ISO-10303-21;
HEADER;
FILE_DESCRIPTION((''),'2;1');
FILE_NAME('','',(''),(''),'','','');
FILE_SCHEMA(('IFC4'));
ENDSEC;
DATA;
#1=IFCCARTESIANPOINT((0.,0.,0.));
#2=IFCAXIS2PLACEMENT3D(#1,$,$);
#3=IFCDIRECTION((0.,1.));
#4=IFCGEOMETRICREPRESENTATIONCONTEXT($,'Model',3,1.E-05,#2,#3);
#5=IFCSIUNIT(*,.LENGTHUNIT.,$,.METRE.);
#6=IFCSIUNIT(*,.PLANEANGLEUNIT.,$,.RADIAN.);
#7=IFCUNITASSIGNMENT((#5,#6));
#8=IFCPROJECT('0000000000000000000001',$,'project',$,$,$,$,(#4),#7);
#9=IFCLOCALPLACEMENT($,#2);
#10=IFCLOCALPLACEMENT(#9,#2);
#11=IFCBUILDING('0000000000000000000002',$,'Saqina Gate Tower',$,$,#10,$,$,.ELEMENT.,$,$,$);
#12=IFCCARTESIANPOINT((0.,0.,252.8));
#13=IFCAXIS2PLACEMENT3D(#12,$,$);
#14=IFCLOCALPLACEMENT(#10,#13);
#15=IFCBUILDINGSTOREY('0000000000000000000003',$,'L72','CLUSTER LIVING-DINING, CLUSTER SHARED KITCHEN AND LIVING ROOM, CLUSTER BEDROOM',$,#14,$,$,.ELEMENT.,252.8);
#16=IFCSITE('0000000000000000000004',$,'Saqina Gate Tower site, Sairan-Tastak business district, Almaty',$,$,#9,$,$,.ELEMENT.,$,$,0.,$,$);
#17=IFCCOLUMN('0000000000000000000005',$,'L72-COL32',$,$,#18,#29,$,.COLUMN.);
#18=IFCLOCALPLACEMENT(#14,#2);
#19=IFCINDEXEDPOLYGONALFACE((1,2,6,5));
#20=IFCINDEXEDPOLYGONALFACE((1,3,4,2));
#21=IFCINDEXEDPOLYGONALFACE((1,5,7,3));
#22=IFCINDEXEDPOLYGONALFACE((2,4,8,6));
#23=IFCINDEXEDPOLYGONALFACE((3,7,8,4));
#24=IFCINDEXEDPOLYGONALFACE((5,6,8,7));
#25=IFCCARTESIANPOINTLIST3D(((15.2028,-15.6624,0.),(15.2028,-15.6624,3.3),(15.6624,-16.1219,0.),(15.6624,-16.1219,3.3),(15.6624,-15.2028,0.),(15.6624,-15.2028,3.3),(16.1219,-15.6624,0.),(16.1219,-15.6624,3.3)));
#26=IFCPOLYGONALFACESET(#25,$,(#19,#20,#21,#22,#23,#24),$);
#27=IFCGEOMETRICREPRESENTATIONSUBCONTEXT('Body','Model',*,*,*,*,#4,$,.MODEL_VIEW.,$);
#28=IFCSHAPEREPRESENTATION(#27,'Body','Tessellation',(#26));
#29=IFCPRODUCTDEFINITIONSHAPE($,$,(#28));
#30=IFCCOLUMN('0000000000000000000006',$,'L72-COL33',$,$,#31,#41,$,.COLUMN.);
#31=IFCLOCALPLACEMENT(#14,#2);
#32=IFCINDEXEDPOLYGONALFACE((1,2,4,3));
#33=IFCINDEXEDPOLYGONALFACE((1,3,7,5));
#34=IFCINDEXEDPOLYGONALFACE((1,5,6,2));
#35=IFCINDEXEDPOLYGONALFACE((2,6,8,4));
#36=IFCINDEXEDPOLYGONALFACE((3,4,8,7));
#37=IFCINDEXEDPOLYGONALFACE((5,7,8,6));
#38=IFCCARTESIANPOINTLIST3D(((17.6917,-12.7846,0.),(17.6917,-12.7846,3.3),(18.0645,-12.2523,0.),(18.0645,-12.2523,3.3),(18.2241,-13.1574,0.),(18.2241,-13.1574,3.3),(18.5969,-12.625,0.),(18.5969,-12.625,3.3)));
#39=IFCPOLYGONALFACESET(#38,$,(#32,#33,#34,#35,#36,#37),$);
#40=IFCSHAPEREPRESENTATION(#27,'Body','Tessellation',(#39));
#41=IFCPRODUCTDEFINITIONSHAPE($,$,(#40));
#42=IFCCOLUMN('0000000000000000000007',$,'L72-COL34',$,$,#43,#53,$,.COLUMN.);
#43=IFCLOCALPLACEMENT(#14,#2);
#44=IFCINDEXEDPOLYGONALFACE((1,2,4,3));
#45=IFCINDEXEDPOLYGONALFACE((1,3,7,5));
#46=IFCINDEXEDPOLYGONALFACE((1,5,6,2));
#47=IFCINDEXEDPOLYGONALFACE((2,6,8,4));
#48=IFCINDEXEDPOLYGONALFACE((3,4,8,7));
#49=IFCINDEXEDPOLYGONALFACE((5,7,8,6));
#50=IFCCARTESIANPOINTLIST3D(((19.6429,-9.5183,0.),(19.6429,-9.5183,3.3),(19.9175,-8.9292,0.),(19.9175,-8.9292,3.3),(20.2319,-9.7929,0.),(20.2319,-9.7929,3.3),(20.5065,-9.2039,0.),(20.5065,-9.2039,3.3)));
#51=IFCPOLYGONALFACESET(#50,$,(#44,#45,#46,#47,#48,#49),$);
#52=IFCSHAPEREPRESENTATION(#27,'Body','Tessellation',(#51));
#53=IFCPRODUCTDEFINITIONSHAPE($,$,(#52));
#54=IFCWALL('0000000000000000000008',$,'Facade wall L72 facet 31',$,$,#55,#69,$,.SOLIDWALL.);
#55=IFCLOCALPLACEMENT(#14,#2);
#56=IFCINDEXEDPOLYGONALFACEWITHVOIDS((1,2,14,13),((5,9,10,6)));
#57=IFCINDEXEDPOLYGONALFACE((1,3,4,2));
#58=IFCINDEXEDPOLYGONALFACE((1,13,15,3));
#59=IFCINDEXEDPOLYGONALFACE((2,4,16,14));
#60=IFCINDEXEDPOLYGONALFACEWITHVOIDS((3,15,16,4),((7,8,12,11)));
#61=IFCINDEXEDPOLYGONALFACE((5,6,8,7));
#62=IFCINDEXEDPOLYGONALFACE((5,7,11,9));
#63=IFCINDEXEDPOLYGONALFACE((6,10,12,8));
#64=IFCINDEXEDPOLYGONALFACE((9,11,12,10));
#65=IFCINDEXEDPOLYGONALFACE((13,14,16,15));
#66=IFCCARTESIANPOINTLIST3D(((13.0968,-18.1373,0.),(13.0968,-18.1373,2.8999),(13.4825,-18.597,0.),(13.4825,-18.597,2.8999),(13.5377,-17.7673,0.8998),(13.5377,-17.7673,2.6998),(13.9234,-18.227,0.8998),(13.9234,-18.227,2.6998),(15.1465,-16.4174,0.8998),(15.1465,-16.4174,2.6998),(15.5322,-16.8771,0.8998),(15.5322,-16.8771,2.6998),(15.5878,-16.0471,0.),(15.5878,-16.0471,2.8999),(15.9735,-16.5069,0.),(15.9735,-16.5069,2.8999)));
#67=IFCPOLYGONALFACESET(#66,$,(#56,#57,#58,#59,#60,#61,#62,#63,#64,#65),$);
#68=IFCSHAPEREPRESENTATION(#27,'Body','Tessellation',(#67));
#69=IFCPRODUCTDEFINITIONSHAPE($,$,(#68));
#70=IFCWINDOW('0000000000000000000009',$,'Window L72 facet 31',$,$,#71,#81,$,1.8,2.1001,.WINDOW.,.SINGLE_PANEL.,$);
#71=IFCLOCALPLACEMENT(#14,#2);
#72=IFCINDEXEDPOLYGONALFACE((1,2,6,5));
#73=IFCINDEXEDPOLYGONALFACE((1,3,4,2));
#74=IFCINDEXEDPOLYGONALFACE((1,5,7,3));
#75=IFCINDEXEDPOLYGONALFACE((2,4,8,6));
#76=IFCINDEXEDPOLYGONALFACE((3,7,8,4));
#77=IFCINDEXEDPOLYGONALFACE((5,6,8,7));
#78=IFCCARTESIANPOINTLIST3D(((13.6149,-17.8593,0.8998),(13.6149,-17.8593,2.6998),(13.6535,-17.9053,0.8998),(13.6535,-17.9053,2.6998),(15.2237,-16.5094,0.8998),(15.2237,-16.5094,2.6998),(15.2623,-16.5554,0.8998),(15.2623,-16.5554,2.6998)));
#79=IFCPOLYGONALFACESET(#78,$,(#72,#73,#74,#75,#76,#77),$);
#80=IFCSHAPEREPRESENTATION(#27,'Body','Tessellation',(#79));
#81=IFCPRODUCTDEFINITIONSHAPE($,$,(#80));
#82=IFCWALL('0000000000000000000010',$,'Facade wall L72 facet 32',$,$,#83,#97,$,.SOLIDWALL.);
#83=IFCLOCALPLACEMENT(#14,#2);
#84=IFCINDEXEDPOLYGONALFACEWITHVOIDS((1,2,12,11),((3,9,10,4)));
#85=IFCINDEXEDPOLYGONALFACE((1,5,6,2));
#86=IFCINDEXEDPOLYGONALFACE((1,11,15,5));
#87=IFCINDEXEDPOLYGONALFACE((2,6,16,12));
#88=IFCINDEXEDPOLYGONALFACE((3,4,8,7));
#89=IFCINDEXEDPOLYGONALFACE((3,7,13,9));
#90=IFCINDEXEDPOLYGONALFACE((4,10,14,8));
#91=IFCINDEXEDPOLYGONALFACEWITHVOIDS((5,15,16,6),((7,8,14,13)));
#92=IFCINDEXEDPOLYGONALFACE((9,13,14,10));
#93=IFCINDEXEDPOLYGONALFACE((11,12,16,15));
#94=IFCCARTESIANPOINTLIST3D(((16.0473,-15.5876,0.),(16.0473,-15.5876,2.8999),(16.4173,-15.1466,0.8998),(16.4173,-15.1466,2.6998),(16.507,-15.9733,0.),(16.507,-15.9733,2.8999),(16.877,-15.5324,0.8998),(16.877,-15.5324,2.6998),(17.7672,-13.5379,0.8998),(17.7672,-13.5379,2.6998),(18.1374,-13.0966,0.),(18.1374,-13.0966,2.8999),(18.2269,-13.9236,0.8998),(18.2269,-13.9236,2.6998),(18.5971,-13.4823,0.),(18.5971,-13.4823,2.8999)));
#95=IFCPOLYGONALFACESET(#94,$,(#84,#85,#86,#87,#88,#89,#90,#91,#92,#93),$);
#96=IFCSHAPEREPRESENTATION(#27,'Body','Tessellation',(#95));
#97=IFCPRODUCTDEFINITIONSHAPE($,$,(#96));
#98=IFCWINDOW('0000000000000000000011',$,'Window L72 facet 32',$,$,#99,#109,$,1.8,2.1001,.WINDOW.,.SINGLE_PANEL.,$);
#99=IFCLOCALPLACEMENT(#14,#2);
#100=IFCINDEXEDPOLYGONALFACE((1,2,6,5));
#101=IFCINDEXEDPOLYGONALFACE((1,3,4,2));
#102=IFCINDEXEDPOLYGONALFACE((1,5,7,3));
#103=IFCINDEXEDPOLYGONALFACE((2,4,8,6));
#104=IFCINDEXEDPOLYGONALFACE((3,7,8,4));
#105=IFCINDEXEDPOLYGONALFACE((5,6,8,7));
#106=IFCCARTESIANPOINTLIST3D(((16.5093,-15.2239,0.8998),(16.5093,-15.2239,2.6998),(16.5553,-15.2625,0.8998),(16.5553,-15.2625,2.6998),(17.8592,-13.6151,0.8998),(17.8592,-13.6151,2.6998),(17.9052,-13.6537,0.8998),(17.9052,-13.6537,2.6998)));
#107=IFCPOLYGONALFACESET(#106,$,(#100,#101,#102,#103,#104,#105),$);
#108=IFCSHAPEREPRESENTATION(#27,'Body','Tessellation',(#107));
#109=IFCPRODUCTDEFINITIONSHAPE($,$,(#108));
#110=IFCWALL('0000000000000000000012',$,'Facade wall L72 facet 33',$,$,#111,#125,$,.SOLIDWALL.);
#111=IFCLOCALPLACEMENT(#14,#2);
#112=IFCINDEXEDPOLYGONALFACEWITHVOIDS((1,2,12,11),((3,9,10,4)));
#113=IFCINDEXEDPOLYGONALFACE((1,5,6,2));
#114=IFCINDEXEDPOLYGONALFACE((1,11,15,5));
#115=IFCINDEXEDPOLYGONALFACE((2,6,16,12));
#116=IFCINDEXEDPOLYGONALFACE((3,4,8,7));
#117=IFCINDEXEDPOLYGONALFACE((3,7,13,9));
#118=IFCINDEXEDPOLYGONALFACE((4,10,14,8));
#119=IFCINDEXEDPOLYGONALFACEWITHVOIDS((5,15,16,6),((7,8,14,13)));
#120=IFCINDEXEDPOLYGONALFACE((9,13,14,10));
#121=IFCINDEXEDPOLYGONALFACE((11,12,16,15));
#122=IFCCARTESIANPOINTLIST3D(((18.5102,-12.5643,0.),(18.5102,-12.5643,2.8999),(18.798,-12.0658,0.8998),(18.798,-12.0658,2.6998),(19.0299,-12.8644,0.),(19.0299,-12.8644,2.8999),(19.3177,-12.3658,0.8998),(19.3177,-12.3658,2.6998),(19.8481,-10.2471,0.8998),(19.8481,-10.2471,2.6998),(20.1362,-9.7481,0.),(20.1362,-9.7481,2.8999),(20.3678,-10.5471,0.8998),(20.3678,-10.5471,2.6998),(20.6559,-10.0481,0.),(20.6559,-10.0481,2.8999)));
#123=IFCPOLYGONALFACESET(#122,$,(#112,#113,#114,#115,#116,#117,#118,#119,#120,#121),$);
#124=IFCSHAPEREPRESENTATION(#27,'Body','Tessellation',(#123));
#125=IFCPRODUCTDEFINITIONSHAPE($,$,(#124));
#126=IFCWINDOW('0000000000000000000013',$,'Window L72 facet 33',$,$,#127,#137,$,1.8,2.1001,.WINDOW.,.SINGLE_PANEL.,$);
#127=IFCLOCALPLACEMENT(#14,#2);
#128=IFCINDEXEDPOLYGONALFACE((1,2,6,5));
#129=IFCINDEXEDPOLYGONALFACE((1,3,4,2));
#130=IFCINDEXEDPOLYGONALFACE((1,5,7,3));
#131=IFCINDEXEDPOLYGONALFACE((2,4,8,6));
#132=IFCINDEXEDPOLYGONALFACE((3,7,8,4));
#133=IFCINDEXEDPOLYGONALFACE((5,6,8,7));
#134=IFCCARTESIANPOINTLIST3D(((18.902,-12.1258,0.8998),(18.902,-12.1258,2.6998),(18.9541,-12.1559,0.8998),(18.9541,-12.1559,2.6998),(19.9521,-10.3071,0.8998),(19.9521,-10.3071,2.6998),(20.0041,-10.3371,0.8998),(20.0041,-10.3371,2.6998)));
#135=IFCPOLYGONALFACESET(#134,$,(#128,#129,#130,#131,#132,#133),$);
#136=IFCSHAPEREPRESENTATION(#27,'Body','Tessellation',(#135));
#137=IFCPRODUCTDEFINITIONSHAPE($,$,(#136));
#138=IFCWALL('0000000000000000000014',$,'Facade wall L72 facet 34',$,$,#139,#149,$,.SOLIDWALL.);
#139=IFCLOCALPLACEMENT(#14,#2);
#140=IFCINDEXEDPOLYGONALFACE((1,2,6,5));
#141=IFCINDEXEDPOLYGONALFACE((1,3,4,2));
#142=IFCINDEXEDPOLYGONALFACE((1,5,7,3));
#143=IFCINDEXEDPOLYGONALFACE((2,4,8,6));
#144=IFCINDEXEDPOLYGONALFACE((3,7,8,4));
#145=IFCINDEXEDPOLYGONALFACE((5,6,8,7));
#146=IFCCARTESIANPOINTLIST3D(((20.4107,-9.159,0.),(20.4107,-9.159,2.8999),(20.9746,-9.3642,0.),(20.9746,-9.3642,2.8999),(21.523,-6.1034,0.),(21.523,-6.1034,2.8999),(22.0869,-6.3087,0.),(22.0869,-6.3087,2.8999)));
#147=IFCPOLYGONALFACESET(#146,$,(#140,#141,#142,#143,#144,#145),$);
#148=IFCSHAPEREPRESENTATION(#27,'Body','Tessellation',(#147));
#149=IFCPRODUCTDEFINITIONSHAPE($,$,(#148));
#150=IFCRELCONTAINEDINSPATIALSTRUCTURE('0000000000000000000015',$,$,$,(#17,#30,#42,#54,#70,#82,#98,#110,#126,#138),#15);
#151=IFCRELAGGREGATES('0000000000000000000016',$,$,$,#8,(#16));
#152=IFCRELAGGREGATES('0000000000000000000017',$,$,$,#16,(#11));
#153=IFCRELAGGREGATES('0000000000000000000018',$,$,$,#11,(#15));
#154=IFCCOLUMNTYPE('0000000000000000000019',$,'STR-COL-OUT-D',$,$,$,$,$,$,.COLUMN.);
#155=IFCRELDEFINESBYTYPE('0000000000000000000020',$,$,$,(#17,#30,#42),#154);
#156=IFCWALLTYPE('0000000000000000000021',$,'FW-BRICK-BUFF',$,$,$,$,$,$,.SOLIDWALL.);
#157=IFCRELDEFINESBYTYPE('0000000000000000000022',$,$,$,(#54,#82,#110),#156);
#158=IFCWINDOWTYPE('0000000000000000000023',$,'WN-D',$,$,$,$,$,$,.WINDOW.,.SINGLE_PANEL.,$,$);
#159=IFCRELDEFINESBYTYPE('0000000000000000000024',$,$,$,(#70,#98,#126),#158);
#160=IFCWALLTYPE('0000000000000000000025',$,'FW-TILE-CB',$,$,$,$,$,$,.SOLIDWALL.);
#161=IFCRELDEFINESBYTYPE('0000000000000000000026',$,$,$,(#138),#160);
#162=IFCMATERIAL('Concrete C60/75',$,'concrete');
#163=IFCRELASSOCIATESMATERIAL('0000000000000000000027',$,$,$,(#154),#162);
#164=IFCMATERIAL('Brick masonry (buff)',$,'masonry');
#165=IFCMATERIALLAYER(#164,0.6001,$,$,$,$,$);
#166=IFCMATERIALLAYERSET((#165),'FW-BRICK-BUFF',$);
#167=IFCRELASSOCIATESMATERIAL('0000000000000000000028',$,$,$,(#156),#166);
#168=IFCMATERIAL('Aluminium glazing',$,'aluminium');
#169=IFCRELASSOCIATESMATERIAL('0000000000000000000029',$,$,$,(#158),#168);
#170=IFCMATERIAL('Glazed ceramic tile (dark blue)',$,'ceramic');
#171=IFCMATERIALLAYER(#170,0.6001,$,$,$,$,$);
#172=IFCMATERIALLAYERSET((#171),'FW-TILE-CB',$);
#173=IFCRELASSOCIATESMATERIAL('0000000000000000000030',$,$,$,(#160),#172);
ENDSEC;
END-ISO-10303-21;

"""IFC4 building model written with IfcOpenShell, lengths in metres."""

from ifc_helpers import new_model, si_unit, direction, frame, frame_2d, origin, origin_2d, place, context, subcontext, project, spatial, rectangle, extrude, material, layer, layer_set, material_profile, profile_set, type_object, element, fill, save


model = new_model("IFC4")

# Units and contexts
model_context = context("Model", 3, precision=1e-05, world=origin(), true_north=direction((0.0, 1.0)))
body_context = subcontext(model_context, "Body", "Model", "MODEL_VIEW")
ifc_project = project(units=[si_unit("LENGTHUNIT", "METRE"), si_unit("PLANEANGLEUNIT", "RADIAN")], contexts=[model_context])

# Site, building, storey
site_placement = place(None, origin())
site = spatial("IfcSite", under=ifc_project, at=site_placement, Name="Saqina Gate Tower site, Sairan-Tastak business district, Almaty", CompositionType="ELEMENT", RefElevation=0.0)
building_placement = place(site_placement, origin())
building = spatial("IfcBuilding", under=site, at=building_placement, Name="Saqina Gate Tower", CompositionType="ELEMENT")
storey_placement = place(building_placement, frame((0.0, 0.0, 252.8)))
storey = spatial("IfcBuildingStorey", under=building, at=storey_placement, Name="L72", Description="CLUSTER LIVING-DINING, CLUSTER SHARED KITCHEN AND LIVING ROOM, CLUSTER BEDROOM", CompositionType="ELEMENT", Elevation=252.8)

# Columns
ifc_material_1 = material(Name="Concrete C60/75", Category="concrete")
ifc_material_profile = material_profile(ifc_material_1, rectangle(XDim=0.6499, YDim=0.6499, at=origin_2d()), Name="RC 650x650")
ifc_profile_set = profile_set([ifc_material_profile], Name="Concrete C60/75")
column_type = type_object("IfcColumnType", Name="STR-COL-OUT-D", PredefinedType="COLUMN", material=ifc_profile_set)
for number, where, z_axis, x_axis, name in (
    (1, (15.6624, -15.6624, 0.0), (0.0, 0.0, 1.0), (0.707107, -0.707107, 0.0), "L72-COL32"),
    (2, (18.1443, -12.7048, 0.0), (0.0, 0.0, 1.0), (0.819152, -0.573576, 0.0), "L72-COL33"),
    (3, (20.0747, -9.3611, 0.0), (0.0, 0.0, 1.0), (0.906308, -0.422618, 0.0), "L72-COL34"),
):
    element("IfcColumn", number, at=place(storey_placement, frame(where, z_axis=z_axis, x_axis=x_axis)), inside=storey, type_object=column_type, Name=name, PredefinedType="COLUMN", context=body_context, shape_type="SweptSolid", body=[
        extrude(rectangle(XDim=0.6499, YDim=0.6499, at=origin_2d()), origin(), (0.0, 0.0, 1.0), 3.3),
    ])

# Walls, openings, windows
ifc_material_2 = material(Name="Brick masonry (buff)", Category="masonry")
ifc_layer_1 = layer(ifc_material_2, 0.6001)
ifc_layer_set_1 = layer_set([ifc_layer_1], Name="FW-BRICK-BUFF")
wall_type_1 = type_object("IfcWallType", Name="FW-BRICK-BUFF", PredefinedType="SOLIDWALL", material=ifc_layer_set_1)
wall_1_placement = place(storey_placement, frame((13.2896, -18.3672, 0.0), z_axis=(0.0, 0.0, 1.0), x_axis=(0.766057, 0.642773, 0.0)))
wall_1 = element("IfcWall", 4, at=wall_1_placement, inside=storey, type_object=wall_type_1, Name="Facade wall L72 facet 31", PredefinedType="SOLIDWALL", context=body_context, shape_type="SweptSolid", body=[
    extrude(rectangle(XDim=3.2517, YDim=0.6001, at=frame_2d((1.626, 0.0))), origin(), (0.0, 0.0, 1.0), 2.8999),
])
opening_1_placement = place(wall_1_placement, frame((0.5757, 0.0, 0.8999)))
opening_1 = element("IfcOpeningElement", 5, at=opening_1_placement, cuts=wall_1, PredefinedType="OPENING", context=body_context, shape_type="SweptSolid", body=[
    extrude(rectangle(XDim=2.1001, YDim=1.8, at=frame_2d((1.05, 0.8999))), frame((0.0, 0.312, 0.0), z_axis=(0.0, -1.0, 0.0), x_axis=(1.0, 0.0, 0.0)), (0.0, 0.0, 1.0), 0.624),
])
ifc_material_3 = material(Name="Aluminium glazing", Category="aluminium")
window_type = type_object("IfcWindowType", Name="WN-D", PartitioningType="SINGLE_PANEL", PredefinedType="WINDOW", material=ifc_material_3)
window_1_placement = place(opening_1_placement, origin())
window_1 = element("IfcWindow", 6, at=window_1_placement, inside=storey, type_object=window_type, Name="Window L72 facet 31", OverallHeight=1.8, OverallWidth=2.1001, PartitioningType="SINGLE_PANEL", PredefinedType="WINDOW", context=body_context, shape_type="SweptSolid", body=[
    extrude(rectangle(XDim=2.1001, YDim=1.8, at=frame_2d((1.05, 0.8999))), frame((0.0, 0.1799, 0.0), z_axis=(0.0, -1.0, 0.0), x_axis=(1.0, 0.0, 0.0)), (0.0, 0.0, 1.0), 0.0601),
])
fill(opening_1, window_1)
wall_2_placement = place(storey_placement, frame((16.2771, -15.7805, 0.0), z_axis=(0.0, 0.0, 1.0), x_axis=(0.642773, 0.766057, 0.0)))
wall_2 = element("IfcWall", 7, at=wall_2_placement, inside=storey, type_object=wall_type_1, Name="Facade wall L72 facet 32", PredefinedType="SOLIDWALL", context=body_context, shape_type="SweptSolid", body=[
    extrude(rectangle(XDim=3.2517, YDim=0.6001, at=frame_2d((1.626, 0.0))), origin(), (0.0, 0.0, 1.0), 2.8999),
])
opening_2_placement = place(wall_2_placement, frame((0.5757, 0.0, 0.8999)))
opening_2 = element("IfcOpeningElement", 8, at=opening_2_placement, cuts=wall_2, PredefinedType="OPENING", context=body_context, shape_type="SweptSolid", body=[
    extrude(rectangle(XDim=2.1001, YDim=1.8, at=frame_2d((1.05, 0.8999))), frame((0.0, 0.312, 0.0), z_axis=(0.0, -1.0, 0.0), x_axis=(1.0, 0.0, 0.0)), (0.0, 0.0, 1.0), 0.624),
])
window_2_placement = place(opening_2_placement, origin())
window_2 = element("IfcWindow", 9, at=window_2_placement, inside=storey, type_object=window_type, Name="Window L72 facet 32", OverallHeight=1.8, OverallWidth=2.1001, PartitioningType="SINGLE_PANEL", PredefinedType="WINDOW", context=body_context, shape_type="SweptSolid", body=[
    extrude(rectangle(XDim=2.1001, YDim=1.8, at=frame_2d((1.05, 0.8999))), frame((0.0, 0.1799, 0.0), z_axis=(0.0, -1.0, 0.0), x_axis=(1.0, 0.0, 0.0)), (0.0, 0.0, 1.0), 0.0601),
])
fill(opening_2, window_2)
wall_3_placement = place(storey_placement, frame((18.77, -12.7144, 0.0), z_axis=(0.0, 0.0, 1.0), x_axis=(0.500015, 0.866017, 0.0)))
wall_3 = element("IfcWall", 10, at=wall_3_placement, inside=storey, type_object=wall_type_1, Name="Facade wall L72 facet 33", PredefinedType="SOLIDWALL", context=body_context, shape_type="SweptSolid", body=[
    extrude(rectangle(XDim=3.252, YDim=0.6001, at=frame_2d((1.626, 0.0))), origin(), (0.0, 0.0, 1.0), 2.8999),
])
opening_3_placement = place(wall_3_placement, frame((0.5757, 0.0, 0.8999)))
opening_3 = element("IfcOpeningElement", 11, at=opening_3_placement, cuts=wall_3, PredefinedType="OPENING", context=body_context, shape_type="SweptSolid", body=[
    extrude(rectangle(XDim=2.1001, YDim=1.8, at=frame_2d((1.05, 0.8999))), frame((0.0, 0.312, 0.0), z_axis=(0.0, -1.0, 0.0), x_axis=(1.0, 0.0, 0.0)), (0.0, 0.0, 1.0), 0.624),
])
window_3_placement = place(opening_3_placement, origin())
window_3 = element("IfcWindow", 12, at=window_3_placement, inside=storey, type_object=window_type, Name="Window L72 facet 33", OverallHeight=1.8, OverallWidth=2.1001, PartitioningType="SINGLE_PANEL", PredefinedType="WINDOW", context=body_context, shape_type="SweptSolid", body=[
    extrude(rectangle(XDim=2.1001, YDim=1.8, at=frame_2d((1.05, 0.8999))), frame((0.0, 0.1799, 0.0), z_axis=(0.0, -1.0, 0.0), x_axis=(1.0, 0.0, 0.0)), (0.0, 0.0, 1.0), 0.0601),
])
fill(opening_3, window_3)

# Wall
ifc_material_4 = material(Name="Glazed ceramic tile (dark blue)", Category="ceramic")
ifc_layer_2 = layer(ifc_material_4, 0.6001)
ifc_layer_set_2 = layer_set([ifc_layer_2], Name="FW-TILE-CB")
wall_type_2 = type_object("IfcWallType", Name="FW-TILE-CB", PredefinedType="SOLIDWALL", material=ifc_layer_set_2)
wall_4_placement = place(storey_placement, frame((20.6926, -9.2617, 0.0), z_axis=(0.0, 0.0, 1.0), x_axis=(0.342057, 0.939679, 0.0)))
element("IfcWall", 13, at=wall_4_placement, inside=storey, type_object=wall_type_2, Name="Facade wall L72 facet 34", PredefinedType="SOLIDWALL", context=body_context, shape_type="SweptSolid", body=[
    extrude(rectangle(XDim=3.2517, YDim=0.6001, at=frame_2d((1.626, 0.0))), origin(), (0.0, 0.0, 1.0), 2.8999),
])

save(model, "model.ifc")
